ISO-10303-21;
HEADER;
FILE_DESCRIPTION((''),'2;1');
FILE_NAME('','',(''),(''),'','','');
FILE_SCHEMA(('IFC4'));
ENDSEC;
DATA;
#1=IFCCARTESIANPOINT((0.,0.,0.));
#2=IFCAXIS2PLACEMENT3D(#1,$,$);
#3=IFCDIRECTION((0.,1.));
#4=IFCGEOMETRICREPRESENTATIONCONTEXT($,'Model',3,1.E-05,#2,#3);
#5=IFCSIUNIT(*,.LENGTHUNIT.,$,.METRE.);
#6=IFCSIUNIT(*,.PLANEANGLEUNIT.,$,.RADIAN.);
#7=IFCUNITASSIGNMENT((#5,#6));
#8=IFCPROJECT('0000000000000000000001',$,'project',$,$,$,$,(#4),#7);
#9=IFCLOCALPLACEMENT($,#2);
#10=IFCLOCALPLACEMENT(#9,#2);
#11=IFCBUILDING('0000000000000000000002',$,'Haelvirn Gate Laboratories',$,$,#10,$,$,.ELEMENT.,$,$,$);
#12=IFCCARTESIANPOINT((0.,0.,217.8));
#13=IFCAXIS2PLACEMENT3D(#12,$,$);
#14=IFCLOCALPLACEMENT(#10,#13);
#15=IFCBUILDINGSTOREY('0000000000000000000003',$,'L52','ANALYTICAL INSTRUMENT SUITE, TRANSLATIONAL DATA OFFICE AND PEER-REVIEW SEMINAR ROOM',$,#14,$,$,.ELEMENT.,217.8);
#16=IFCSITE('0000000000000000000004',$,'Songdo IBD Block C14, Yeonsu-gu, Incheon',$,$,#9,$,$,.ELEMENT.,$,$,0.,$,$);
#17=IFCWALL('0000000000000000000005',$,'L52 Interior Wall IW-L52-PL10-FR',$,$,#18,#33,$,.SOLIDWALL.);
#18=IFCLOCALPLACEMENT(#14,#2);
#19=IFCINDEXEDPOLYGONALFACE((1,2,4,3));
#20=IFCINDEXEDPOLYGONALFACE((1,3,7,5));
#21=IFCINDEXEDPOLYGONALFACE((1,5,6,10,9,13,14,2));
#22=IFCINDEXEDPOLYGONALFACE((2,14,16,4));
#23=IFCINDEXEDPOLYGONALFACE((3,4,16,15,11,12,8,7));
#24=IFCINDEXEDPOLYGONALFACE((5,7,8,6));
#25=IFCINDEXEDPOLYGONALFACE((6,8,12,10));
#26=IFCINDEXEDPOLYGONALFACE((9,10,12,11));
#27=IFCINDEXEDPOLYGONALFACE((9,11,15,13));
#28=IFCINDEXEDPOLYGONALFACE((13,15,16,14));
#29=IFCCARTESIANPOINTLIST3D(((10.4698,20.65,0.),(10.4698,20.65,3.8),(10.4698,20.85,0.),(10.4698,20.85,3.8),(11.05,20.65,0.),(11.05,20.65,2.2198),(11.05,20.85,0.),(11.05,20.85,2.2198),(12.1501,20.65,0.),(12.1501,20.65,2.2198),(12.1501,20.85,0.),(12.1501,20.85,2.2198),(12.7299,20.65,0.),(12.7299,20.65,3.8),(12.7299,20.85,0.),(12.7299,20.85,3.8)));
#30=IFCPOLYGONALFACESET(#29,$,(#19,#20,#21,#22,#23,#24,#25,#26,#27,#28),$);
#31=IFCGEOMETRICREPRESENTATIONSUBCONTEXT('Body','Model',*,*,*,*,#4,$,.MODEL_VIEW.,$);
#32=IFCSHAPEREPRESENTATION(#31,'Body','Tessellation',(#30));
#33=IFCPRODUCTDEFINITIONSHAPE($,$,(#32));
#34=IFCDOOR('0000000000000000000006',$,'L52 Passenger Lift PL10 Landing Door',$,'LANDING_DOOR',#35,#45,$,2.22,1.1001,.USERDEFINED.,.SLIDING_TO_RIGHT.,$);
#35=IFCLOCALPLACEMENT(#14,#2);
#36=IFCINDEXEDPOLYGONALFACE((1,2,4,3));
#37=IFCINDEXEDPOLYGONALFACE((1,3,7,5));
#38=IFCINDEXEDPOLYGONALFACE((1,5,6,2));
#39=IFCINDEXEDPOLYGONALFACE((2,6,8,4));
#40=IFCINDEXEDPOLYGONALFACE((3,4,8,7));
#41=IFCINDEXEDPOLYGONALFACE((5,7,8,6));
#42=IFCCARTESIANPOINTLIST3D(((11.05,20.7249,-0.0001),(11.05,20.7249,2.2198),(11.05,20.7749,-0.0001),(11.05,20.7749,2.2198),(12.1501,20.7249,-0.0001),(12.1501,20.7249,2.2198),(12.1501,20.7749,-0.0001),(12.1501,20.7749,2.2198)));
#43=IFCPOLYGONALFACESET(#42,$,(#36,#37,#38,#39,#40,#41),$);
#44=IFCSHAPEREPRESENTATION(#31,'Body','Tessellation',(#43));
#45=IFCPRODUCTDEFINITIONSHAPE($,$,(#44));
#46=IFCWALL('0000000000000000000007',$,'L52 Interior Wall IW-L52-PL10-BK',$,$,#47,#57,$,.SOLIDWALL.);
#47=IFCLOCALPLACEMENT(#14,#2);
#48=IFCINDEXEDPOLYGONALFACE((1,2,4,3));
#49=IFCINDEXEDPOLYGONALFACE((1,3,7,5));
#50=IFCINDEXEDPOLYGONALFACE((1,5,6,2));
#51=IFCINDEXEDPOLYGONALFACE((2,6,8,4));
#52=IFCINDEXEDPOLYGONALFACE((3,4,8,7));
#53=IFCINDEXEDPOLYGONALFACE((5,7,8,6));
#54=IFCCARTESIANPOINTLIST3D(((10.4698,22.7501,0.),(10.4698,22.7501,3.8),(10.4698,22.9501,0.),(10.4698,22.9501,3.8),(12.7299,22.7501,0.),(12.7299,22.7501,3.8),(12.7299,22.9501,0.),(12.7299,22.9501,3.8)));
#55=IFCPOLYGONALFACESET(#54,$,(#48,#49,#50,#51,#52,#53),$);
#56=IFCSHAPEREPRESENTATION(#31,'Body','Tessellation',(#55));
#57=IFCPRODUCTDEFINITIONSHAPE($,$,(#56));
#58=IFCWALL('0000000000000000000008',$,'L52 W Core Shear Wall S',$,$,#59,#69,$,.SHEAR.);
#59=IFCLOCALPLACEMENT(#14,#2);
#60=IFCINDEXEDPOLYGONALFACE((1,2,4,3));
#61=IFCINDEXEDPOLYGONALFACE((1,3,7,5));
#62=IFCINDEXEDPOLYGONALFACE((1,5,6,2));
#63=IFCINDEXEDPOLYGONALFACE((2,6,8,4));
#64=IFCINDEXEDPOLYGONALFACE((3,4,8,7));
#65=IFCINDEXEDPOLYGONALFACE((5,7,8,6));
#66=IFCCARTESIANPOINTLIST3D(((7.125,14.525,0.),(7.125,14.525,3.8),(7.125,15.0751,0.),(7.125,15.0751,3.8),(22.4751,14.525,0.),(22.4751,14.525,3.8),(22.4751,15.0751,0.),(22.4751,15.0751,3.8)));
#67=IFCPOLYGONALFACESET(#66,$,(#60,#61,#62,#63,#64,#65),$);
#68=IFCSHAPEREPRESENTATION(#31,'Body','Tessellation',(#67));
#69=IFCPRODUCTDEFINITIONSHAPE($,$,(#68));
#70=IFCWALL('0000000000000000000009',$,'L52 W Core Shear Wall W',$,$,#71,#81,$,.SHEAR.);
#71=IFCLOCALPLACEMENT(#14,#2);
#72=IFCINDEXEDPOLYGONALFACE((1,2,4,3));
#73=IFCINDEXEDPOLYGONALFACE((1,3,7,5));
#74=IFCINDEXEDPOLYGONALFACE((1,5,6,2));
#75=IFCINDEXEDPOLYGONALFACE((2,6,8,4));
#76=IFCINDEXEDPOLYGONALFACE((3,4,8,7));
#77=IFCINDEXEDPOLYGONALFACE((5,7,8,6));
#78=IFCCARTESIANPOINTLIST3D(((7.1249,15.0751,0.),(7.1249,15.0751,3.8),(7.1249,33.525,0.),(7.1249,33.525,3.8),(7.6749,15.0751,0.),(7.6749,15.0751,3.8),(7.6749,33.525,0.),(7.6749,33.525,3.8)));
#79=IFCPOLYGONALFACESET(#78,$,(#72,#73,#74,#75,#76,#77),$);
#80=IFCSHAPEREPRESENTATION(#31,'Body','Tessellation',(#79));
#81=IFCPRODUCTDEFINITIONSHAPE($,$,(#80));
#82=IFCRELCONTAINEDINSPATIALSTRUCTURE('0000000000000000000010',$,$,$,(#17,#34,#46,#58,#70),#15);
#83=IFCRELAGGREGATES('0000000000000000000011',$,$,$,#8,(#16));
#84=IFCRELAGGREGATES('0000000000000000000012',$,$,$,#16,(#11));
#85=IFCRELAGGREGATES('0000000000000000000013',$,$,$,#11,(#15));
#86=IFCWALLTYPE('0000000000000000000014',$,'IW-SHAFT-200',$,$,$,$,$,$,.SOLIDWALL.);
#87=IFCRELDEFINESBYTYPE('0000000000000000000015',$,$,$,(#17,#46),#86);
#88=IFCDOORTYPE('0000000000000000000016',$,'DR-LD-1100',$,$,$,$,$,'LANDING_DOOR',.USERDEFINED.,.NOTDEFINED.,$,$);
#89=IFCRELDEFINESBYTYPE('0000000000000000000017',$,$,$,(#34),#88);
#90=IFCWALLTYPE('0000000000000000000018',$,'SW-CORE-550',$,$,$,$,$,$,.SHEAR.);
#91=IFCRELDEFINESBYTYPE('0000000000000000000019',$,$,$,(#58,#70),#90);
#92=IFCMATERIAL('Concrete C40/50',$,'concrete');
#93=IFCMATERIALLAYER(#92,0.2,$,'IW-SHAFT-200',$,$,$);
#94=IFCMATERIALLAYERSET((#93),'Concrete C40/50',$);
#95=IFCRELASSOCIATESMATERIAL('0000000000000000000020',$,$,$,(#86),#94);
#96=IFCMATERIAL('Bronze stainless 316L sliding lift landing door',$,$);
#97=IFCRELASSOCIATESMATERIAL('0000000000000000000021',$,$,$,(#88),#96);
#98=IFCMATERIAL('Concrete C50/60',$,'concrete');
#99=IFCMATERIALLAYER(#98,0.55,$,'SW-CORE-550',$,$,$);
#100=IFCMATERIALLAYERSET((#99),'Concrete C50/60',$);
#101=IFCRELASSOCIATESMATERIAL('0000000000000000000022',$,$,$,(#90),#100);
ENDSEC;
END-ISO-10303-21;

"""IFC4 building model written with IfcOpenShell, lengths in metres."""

from ifc_helpers import new_model, si_unit, direction, frame, frame_2d, origin, place, context, subcontext, project, spatial, rectangle, extrude, source, transform, mapped, material, layer, layer_set, type_object, type_shapes, element, fill, save


model = new_model("IFC4")

# Units and contexts
model_context = context("Model", 3, precision=1e-05, world=origin(), true_north=direction((0.0, 1.0)))
body_context = subcontext(model_context, "Body", "Model", "MODEL_VIEW")
ifc_project = project(units=[si_unit("LENGTHUNIT", "METRE"), si_unit("PLANEANGLEUNIT", "RADIAN")], contexts=[model_context])

# Site, building, storey
site_placement = place(None, origin())
site = spatial("IfcSite", under=ifc_project, at=site_placement, Name="Songdo IBD Block C14, Yeonsu-gu, Incheon", CompositionType="ELEMENT", RefElevation=0.0)
building_placement = place(site_placement, origin())
building = spatial("IfcBuilding", under=site, at=building_placement, Name="Haelvirn Gate Laboratories", CompositionType="ELEMENT")
storey_placement = place(building_placement, frame((0.0, 0.0, 217.8)))
storey = spatial("IfcBuildingStorey", under=building, at=storey_placement, Name="L52", Description="ANALYTICAL INSTRUMENT SUITE, TRANSLATIONAL DATA OFFICE AND PEER-REVIEW SEMINAR ROOM", CompositionType="ELEMENT", Elevation=217.8)

# Shared definitions
ifc_material_1 = material(Name="Concrete C50/60", Category="concrete")

# Shared definitions
ifc_material_2 = material(Name="Concrete C40/50", Category="concrete")

# Shared definitions
ifc_layer_1 = layer(ifc_material_2, 0.2, Name="IW-SHAFT-200")
ifc_layer_set_1 = layer_set([ifc_layer_1], Name="Concrete C40/50")
wall_type_1 = type_object("IfcWallType", Name="IW-SHAFT-200", PredefinedType="SOLIDWALL", material=ifc_layer_set_1)
ifc_material_3 = material(Name="Bronze stainless 316L sliding lift landing door")
door_type_1 = type_object("IfcDoorType", Name="DR-LD-1100", ElementType="LANDING_DOOR", OperationType="NOTDEFINED", PredefinedType="USERDEFINED", material=ifc_material_3)
shared_shape_1 = source(origin(), body_context, "Body", "SweptSolid", [
    extrude(rectangle(XDim=1.1001, YDim=2.22, at=frame_2d((0.55, 1.1099))), frame((0.0, 0.0249, 0.0), z_axis=(0.0, -1.0, 0.0), x_axis=(1.0, 0.0, 0.0)), (0.0, 0.0, 1.0), 0.05),
])
type_shapes(door_type_1, [shared_shape_1])

# Wall, opening, door
wall_1_placement = place(storey_placement, frame((10.47, 20.75, 0.0), z_axis=(0.0, 0.0, 1.0), x_axis=(1.0, 0.0, 0.0)))
wall_1 = element("IfcWall", 1, at=wall_1_placement, inside=storey, type_object=wall_type_1, Name="L52 Interior Wall IW-L52-PL10-FR", PredefinedType="SOLIDWALL", context=body_context, shape_type="SweptSolid", body=[
    extrude(rectangle(XDim=2.26, YDim=0.2, at=frame_2d((1.1299, 0.0))), origin(), (0.0, 0.0, 1.0), 3.8),
])
opening_1_placement = place(wall_1_placement, frame((0.5801, 0.0, 0.0)))
opening_1 = element("IfcOpeningElement", 2, at=opening_1_placement, cuts=wall_1, PredefinedType="OPENING", context=body_context, shape_type="SweptSolid", body=[
    extrude(rectangle(XDim=1.1001, YDim=2.22, at=frame_2d((0.55, 1.1099))), frame((0.0, 0.1099, 0.0), z_axis=(0.0, -1.0, 0.0), x_axis=(1.0, 0.0, 0.0)), (0.0, 0.0, 1.0), 0.22),
])
door_1_placement = place(opening_1_placement, origin())
door_1 = element("IfcDoor", 3, at=door_1_placement, inside=storey, type_object=door_type_1, Name="L52 Passenger Lift PL10 Landing Door", ObjectType="LANDING_DOOR", OperationType="SLIDING_TO_RIGHT", OverallHeight=2.22, OverallWidth=1.1001, PredefinedType="USERDEFINED", context=body_context, shape_type="MappedRepresentation", body=[
    mapped(shared_shape_1, transform((0.0, 0.0, 0.0), scale=1.0)),
])
fill(opening_1, door_1)

# Walls
wall_2_placement = place(storey_placement, frame((10.47, 22.8501, 0.0), z_axis=(0.0, 0.0, 1.0), x_axis=(1.0, 0.0, 0.0)))
element("IfcWall", 4, at=wall_2_placement, inside=storey, type_object=wall_type_1, Name="L52 Interior Wall IW-L52-PL10-BK", PredefinedType="SOLIDWALL", context=body_context, shape_type="SweptSolid", body=[
    extrude(rectangle(XDim=2.26, YDim=0.2, at=frame_2d((1.1299, 0.0))), origin(), (0.0, 0.0, 1.0), 3.8),
])
ifc_layer_2 = layer(ifc_material_1, 0.55, Name="SW-CORE-550")
ifc_layer_set_2 = layer_set([ifc_layer_2], Name="Concrete C50/60")
wall_type_2 = type_object("IfcWallType", Name="SW-CORE-550", PredefinedType="SHEAR", material=ifc_layer_set_2)
wall_3_placement = place(storey_placement, frame((7.125, 14.8, 0.0), z_axis=(0.0, 0.0, 1.0), x_axis=(1.0, 0.0, 0.0)))
element("IfcWall", 5, at=wall_3_placement, inside=storey, type_object=wall_type_2, Name="L52 W Core Shear Wall S", PredefinedType="SHEAR", context=body_context, shape_type="SweptSolid", body=[
    extrude(rectangle(XDim=15.3501, YDim=0.55, at=frame_2d((7.675, 0.0))), origin(), (0.0, 0.0, 1.0), 3.8),
])
wall_4_placement = place(storey_placement, frame((7.3999, 15.075, 0.0), z_axis=(0.0, 0.0, 1.0), x_axis=(0.0, 1.0, 0.0)))
element("IfcWall", 6, at=wall_4_placement, inside=storey, type_object=wall_type_2, Name="L52 W Core Shear Wall W", PredefinedType="SHEAR", context=body_context, shape_type="SweptSolid", body=[
    extrude(rectangle(XDim=18.45, YDim=0.55, at=frame_2d((9.2251, 0.0))), origin(), (0.0, 0.0, 1.0), 3.8),
])

save(model, "model.ifc")
